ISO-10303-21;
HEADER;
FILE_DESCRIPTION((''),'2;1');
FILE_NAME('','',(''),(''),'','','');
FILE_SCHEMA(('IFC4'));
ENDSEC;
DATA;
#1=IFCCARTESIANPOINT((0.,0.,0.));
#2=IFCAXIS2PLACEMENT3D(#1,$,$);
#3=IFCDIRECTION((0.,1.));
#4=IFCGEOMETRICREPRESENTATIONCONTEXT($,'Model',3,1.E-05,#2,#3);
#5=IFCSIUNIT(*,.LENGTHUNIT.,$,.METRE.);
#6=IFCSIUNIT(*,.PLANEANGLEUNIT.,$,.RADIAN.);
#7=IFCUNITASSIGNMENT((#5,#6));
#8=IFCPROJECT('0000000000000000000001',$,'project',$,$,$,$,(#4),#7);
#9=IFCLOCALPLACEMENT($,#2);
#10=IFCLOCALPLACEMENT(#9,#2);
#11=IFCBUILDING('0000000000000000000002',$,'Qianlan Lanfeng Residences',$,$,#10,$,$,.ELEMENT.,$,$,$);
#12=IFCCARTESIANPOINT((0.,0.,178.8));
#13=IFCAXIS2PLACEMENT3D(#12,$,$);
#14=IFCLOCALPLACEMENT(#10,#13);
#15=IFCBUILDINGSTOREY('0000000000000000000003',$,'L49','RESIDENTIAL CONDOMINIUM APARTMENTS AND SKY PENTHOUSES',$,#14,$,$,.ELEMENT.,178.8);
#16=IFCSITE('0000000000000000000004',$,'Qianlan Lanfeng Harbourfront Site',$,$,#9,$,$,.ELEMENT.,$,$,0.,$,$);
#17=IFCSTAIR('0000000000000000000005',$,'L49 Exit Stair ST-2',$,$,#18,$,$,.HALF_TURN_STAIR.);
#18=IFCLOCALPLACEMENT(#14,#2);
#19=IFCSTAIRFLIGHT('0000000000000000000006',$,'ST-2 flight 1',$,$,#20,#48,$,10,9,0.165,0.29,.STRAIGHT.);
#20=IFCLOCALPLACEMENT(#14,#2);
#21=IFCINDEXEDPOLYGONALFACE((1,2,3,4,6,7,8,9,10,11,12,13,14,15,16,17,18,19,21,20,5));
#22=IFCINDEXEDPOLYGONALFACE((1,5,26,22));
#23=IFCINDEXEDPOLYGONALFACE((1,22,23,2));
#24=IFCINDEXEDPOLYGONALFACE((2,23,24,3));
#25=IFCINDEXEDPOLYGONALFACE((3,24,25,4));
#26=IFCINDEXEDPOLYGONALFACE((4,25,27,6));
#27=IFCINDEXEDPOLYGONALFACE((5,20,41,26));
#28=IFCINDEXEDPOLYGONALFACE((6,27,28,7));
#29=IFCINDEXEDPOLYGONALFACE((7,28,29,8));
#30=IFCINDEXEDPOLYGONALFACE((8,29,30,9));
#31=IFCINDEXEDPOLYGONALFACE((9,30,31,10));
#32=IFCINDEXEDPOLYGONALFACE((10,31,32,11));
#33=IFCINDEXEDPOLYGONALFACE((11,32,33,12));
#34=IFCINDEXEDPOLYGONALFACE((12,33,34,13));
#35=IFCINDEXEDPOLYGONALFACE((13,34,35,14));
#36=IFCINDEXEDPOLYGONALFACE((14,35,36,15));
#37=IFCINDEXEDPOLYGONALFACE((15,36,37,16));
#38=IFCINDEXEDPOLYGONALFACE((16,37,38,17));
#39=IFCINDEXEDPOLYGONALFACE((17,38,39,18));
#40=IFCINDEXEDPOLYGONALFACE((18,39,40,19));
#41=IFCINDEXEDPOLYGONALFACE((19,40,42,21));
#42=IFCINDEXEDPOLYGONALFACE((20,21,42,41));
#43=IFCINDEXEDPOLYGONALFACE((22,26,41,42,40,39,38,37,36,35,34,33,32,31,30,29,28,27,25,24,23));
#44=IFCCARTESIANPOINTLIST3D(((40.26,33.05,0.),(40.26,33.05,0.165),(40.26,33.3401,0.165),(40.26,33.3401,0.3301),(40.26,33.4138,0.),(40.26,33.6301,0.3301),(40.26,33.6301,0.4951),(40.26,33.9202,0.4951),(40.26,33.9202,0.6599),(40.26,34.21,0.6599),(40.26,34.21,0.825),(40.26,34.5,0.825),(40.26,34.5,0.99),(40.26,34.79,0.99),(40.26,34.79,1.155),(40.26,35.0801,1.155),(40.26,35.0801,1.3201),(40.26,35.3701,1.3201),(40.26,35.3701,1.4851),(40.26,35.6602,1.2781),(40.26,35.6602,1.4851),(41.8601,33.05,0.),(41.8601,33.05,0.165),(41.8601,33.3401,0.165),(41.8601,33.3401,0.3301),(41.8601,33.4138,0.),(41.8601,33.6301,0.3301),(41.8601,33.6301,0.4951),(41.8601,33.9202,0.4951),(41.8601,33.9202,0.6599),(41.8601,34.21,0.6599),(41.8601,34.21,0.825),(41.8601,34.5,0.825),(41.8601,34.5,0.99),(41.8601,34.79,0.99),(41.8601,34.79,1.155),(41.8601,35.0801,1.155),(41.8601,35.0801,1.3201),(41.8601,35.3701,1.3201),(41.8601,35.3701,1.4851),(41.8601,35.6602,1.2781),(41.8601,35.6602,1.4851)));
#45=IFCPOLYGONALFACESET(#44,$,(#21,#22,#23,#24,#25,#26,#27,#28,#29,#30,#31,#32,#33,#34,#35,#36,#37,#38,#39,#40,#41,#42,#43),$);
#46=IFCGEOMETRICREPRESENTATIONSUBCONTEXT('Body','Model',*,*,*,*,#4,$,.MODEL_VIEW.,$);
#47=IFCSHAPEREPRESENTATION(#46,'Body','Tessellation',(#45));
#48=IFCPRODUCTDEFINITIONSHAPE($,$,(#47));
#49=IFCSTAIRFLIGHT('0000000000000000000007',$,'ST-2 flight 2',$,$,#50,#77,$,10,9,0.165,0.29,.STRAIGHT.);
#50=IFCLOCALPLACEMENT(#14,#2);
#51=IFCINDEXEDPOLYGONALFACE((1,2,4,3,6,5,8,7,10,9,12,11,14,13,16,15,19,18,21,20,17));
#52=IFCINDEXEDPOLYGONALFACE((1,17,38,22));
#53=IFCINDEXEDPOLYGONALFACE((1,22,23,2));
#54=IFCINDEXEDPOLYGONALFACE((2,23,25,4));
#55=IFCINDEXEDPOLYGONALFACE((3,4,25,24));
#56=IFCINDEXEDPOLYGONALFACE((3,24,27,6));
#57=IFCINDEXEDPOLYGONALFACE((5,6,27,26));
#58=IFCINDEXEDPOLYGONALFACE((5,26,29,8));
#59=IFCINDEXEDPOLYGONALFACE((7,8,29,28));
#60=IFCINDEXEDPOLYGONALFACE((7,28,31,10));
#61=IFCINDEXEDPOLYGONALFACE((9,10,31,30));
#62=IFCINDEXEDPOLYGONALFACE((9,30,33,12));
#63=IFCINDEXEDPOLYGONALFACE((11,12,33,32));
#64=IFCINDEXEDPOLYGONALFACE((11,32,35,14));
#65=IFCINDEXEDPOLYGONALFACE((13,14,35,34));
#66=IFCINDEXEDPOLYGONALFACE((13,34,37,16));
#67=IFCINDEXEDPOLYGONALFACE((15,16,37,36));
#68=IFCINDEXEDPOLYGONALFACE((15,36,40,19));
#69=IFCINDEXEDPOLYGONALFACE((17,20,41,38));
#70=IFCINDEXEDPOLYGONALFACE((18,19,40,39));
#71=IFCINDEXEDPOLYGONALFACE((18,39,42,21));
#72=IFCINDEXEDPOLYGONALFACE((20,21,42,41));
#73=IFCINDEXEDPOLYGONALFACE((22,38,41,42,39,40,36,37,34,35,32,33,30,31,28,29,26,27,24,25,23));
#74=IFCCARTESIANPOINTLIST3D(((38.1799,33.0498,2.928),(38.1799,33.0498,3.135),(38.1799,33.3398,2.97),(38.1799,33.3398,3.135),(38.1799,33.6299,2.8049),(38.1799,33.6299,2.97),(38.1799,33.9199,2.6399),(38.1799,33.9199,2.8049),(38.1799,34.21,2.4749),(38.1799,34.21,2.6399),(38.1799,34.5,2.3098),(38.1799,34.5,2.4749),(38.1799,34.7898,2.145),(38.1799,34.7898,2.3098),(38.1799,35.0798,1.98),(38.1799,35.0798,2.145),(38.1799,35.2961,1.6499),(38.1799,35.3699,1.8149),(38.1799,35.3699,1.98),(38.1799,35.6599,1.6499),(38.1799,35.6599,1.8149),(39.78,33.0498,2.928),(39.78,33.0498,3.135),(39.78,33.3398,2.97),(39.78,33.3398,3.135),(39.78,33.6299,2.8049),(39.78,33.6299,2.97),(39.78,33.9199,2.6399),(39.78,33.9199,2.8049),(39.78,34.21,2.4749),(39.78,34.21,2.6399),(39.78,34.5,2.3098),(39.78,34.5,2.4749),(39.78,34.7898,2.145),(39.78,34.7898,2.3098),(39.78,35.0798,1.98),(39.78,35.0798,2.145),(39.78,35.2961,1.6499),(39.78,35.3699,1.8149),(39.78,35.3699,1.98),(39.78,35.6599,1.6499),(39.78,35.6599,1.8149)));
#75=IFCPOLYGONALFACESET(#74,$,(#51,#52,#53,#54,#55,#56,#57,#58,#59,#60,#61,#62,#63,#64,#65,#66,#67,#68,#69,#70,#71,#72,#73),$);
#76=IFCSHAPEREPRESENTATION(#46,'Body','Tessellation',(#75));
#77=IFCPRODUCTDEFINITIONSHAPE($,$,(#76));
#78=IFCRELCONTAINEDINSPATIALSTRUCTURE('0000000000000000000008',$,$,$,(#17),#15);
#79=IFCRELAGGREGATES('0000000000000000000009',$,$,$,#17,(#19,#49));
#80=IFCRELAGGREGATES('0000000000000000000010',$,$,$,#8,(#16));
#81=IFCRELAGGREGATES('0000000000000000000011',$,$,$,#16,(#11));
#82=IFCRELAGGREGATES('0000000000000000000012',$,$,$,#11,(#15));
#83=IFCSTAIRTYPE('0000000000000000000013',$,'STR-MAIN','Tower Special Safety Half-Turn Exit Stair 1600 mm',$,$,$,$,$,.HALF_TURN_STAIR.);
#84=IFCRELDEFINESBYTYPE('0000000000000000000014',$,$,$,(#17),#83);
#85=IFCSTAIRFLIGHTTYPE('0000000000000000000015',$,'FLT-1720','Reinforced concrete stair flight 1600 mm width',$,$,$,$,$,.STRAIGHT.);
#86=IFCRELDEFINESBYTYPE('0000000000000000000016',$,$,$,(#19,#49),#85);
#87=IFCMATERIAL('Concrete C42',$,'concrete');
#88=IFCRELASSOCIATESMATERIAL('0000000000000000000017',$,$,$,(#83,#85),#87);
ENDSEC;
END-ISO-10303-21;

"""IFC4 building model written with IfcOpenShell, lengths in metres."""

from ifc_helpers import new_model, si_unit, direction, frame, origin, place, context, subcontext, project, spatial, polyline, outline, extrude, material, type_object, element, aggregate, save


model = new_model("IFC4")

# Units and contexts
model_context = context("Model", 3, precision=1e-05, world=origin(), true_north=direction((0.0, 1.0)))
body_context = subcontext(model_context, "Body", "Model", "MODEL_VIEW")
ifc_project = project(units=[si_unit("LENGTHUNIT", "METRE"), si_unit("PLANEANGLEUNIT", "RADIAN")], contexts=[model_context])

# Site, building, storey
site_placement = place(None, origin())
site = spatial("IfcSite", under=ifc_project, at=site_placement, Name="Qianlan Lanfeng Harbourfront Site", CompositionType="ELEMENT", RefElevation=0.0)
building_placement = place(site_placement, origin())
building = spatial("IfcBuilding", under=site, at=building_placement, Name="Qianlan Lanfeng Residences", CompositionType="ELEMENT")
storey_placement = place(building_placement, frame((0.0, 0.0, 178.8)))
storey = spatial("IfcBuildingStorey", under=building, at=storey_placement, Name="L49", Description="RESIDENTIAL CONDOMINIUM APARTMENTS AND SKY PENTHOUSES", CompositionType="ELEMENT", Elevation=178.8)

# Shared definitions
ifc_material_1 = material(Name="Concrete C42", Category="concrete")

# Stair, stair flights
stair_type = type_object("IfcStairType", Name="STR-MAIN", Description="Tower Special Safety Half-Turn Exit Stair 1600 mm", PredefinedType="HALF_TURN_STAIR", material=ifc_material_1)
stair_placement = place(storey_placement, origin())
stair = element("IfcStair", 1, at=stair_placement, inside=storey, type_object=stair_type, Name="L49 Exit Stair ST-2", PredefinedType="HALF_TURN_STAIR")
stair_flight_type = type_object("IfcStairFlightType", Name="FLT-1720", Description="Reinforced concrete stair flight 1600 mm width", PredefinedType="STRAIGHT", material=ifc_material_1)
stair_flight_1_placement = place(storey_placement, frame((41.0601, 33.05, 0.0), z_axis=(0.0, 0.0, 1.0), x_axis=(0.0, 1.0, 0.0)))
stair_flight_1 = element("IfcStairFlight", 2, at=stair_flight_1_placement, type_object=stair_flight_type, Name="ST-2 flight 1", NumberOfRisers=10, NumberOfTreads=9, PredefinedType="STRAIGHT", RiserHeight=0.165, TreadLength=0.29, context=body_context, shape_type="SweptSolid", body=[
    extrude(outline(polyline([(0.0, 0.0), (0.0, 0.165), (0.29, 0.165), (0.29, 0.3301), (0.5801, 0.3301), (0.5801, 0.4951), (0.8701, 0.4951), (0.8701, 0.6599), (1.1599, 0.6599), (1.1599, 0.825), (1.45, 0.825), (1.45, 0.99), (1.74, 0.99), (1.74, 1.155), (2.03, 1.155), (2.03, 1.3201), (2.3201, 1.3201), (2.3201, 1.4851), (2.6101, 1.4851), (2.6101, 1.6499), (2.6101, 1.2781), (0.3638, 0.0), (0.0, 0.0)])), frame((0.0, 0.8, 0.0), z_axis=(0.0, -1.0, 0.0), x_axis=(1.0, 0.0, 0.0)), (0.0, 0.0, 1.0), 1.6001),
])
stair_flight_2_placement = place(storey_placement, frame((38.98, 35.6599, 1.6499), z_axis=(0.0, 0.0, 1.0), x_axis=(0.0, -1.0, 0.0)))
stair_flight_2 = element("IfcStairFlight", 3, at=stair_flight_2_placement, type_object=stair_flight_type, Name="ST-2 flight 2", NumberOfRisers=10, NumberOfTreads=9, PredefinedType="STRAIGHT", RiserHeight=0.165, TreadLength=0.29, context=body_context, shape_type="SweptSolid", body=[
    extrude(outline(polyline([(0.0, 0.0), (0.0, 0.165), (0.29, 0.165), (0.29, 0.3301), (0.5801, 0.3301), (0.5801, 0.4951), (0.8701, 0.4951), (0.8701, 0.6599), (1.1599, 0.6599), (1.1599, 0.825), (1.45, 0.825), (1.45, 0.99), (1.74, 0.99), (1.74, 1.155), (2.03, 1.155), (2.03, 1.3201), (2.3201, 1.3201), (2.3201, 1.4851), (2.6101, 1.4851), (2.6101, 1.6499), (2.6101, 1.2781), (0.3638, 0.0), (0.0, 0.0)])), frame((0.0, 0.8, 0.0), z_axis=(0.0, -1.0, 0.0), x_axis=(1.0, 0.0, 0.0)), (0.0, 0.0, 1.0), 1.6001),
])
aggregate(stair, [stair_flight_1, stair_flight_2])

save(model, "model.ifc")
